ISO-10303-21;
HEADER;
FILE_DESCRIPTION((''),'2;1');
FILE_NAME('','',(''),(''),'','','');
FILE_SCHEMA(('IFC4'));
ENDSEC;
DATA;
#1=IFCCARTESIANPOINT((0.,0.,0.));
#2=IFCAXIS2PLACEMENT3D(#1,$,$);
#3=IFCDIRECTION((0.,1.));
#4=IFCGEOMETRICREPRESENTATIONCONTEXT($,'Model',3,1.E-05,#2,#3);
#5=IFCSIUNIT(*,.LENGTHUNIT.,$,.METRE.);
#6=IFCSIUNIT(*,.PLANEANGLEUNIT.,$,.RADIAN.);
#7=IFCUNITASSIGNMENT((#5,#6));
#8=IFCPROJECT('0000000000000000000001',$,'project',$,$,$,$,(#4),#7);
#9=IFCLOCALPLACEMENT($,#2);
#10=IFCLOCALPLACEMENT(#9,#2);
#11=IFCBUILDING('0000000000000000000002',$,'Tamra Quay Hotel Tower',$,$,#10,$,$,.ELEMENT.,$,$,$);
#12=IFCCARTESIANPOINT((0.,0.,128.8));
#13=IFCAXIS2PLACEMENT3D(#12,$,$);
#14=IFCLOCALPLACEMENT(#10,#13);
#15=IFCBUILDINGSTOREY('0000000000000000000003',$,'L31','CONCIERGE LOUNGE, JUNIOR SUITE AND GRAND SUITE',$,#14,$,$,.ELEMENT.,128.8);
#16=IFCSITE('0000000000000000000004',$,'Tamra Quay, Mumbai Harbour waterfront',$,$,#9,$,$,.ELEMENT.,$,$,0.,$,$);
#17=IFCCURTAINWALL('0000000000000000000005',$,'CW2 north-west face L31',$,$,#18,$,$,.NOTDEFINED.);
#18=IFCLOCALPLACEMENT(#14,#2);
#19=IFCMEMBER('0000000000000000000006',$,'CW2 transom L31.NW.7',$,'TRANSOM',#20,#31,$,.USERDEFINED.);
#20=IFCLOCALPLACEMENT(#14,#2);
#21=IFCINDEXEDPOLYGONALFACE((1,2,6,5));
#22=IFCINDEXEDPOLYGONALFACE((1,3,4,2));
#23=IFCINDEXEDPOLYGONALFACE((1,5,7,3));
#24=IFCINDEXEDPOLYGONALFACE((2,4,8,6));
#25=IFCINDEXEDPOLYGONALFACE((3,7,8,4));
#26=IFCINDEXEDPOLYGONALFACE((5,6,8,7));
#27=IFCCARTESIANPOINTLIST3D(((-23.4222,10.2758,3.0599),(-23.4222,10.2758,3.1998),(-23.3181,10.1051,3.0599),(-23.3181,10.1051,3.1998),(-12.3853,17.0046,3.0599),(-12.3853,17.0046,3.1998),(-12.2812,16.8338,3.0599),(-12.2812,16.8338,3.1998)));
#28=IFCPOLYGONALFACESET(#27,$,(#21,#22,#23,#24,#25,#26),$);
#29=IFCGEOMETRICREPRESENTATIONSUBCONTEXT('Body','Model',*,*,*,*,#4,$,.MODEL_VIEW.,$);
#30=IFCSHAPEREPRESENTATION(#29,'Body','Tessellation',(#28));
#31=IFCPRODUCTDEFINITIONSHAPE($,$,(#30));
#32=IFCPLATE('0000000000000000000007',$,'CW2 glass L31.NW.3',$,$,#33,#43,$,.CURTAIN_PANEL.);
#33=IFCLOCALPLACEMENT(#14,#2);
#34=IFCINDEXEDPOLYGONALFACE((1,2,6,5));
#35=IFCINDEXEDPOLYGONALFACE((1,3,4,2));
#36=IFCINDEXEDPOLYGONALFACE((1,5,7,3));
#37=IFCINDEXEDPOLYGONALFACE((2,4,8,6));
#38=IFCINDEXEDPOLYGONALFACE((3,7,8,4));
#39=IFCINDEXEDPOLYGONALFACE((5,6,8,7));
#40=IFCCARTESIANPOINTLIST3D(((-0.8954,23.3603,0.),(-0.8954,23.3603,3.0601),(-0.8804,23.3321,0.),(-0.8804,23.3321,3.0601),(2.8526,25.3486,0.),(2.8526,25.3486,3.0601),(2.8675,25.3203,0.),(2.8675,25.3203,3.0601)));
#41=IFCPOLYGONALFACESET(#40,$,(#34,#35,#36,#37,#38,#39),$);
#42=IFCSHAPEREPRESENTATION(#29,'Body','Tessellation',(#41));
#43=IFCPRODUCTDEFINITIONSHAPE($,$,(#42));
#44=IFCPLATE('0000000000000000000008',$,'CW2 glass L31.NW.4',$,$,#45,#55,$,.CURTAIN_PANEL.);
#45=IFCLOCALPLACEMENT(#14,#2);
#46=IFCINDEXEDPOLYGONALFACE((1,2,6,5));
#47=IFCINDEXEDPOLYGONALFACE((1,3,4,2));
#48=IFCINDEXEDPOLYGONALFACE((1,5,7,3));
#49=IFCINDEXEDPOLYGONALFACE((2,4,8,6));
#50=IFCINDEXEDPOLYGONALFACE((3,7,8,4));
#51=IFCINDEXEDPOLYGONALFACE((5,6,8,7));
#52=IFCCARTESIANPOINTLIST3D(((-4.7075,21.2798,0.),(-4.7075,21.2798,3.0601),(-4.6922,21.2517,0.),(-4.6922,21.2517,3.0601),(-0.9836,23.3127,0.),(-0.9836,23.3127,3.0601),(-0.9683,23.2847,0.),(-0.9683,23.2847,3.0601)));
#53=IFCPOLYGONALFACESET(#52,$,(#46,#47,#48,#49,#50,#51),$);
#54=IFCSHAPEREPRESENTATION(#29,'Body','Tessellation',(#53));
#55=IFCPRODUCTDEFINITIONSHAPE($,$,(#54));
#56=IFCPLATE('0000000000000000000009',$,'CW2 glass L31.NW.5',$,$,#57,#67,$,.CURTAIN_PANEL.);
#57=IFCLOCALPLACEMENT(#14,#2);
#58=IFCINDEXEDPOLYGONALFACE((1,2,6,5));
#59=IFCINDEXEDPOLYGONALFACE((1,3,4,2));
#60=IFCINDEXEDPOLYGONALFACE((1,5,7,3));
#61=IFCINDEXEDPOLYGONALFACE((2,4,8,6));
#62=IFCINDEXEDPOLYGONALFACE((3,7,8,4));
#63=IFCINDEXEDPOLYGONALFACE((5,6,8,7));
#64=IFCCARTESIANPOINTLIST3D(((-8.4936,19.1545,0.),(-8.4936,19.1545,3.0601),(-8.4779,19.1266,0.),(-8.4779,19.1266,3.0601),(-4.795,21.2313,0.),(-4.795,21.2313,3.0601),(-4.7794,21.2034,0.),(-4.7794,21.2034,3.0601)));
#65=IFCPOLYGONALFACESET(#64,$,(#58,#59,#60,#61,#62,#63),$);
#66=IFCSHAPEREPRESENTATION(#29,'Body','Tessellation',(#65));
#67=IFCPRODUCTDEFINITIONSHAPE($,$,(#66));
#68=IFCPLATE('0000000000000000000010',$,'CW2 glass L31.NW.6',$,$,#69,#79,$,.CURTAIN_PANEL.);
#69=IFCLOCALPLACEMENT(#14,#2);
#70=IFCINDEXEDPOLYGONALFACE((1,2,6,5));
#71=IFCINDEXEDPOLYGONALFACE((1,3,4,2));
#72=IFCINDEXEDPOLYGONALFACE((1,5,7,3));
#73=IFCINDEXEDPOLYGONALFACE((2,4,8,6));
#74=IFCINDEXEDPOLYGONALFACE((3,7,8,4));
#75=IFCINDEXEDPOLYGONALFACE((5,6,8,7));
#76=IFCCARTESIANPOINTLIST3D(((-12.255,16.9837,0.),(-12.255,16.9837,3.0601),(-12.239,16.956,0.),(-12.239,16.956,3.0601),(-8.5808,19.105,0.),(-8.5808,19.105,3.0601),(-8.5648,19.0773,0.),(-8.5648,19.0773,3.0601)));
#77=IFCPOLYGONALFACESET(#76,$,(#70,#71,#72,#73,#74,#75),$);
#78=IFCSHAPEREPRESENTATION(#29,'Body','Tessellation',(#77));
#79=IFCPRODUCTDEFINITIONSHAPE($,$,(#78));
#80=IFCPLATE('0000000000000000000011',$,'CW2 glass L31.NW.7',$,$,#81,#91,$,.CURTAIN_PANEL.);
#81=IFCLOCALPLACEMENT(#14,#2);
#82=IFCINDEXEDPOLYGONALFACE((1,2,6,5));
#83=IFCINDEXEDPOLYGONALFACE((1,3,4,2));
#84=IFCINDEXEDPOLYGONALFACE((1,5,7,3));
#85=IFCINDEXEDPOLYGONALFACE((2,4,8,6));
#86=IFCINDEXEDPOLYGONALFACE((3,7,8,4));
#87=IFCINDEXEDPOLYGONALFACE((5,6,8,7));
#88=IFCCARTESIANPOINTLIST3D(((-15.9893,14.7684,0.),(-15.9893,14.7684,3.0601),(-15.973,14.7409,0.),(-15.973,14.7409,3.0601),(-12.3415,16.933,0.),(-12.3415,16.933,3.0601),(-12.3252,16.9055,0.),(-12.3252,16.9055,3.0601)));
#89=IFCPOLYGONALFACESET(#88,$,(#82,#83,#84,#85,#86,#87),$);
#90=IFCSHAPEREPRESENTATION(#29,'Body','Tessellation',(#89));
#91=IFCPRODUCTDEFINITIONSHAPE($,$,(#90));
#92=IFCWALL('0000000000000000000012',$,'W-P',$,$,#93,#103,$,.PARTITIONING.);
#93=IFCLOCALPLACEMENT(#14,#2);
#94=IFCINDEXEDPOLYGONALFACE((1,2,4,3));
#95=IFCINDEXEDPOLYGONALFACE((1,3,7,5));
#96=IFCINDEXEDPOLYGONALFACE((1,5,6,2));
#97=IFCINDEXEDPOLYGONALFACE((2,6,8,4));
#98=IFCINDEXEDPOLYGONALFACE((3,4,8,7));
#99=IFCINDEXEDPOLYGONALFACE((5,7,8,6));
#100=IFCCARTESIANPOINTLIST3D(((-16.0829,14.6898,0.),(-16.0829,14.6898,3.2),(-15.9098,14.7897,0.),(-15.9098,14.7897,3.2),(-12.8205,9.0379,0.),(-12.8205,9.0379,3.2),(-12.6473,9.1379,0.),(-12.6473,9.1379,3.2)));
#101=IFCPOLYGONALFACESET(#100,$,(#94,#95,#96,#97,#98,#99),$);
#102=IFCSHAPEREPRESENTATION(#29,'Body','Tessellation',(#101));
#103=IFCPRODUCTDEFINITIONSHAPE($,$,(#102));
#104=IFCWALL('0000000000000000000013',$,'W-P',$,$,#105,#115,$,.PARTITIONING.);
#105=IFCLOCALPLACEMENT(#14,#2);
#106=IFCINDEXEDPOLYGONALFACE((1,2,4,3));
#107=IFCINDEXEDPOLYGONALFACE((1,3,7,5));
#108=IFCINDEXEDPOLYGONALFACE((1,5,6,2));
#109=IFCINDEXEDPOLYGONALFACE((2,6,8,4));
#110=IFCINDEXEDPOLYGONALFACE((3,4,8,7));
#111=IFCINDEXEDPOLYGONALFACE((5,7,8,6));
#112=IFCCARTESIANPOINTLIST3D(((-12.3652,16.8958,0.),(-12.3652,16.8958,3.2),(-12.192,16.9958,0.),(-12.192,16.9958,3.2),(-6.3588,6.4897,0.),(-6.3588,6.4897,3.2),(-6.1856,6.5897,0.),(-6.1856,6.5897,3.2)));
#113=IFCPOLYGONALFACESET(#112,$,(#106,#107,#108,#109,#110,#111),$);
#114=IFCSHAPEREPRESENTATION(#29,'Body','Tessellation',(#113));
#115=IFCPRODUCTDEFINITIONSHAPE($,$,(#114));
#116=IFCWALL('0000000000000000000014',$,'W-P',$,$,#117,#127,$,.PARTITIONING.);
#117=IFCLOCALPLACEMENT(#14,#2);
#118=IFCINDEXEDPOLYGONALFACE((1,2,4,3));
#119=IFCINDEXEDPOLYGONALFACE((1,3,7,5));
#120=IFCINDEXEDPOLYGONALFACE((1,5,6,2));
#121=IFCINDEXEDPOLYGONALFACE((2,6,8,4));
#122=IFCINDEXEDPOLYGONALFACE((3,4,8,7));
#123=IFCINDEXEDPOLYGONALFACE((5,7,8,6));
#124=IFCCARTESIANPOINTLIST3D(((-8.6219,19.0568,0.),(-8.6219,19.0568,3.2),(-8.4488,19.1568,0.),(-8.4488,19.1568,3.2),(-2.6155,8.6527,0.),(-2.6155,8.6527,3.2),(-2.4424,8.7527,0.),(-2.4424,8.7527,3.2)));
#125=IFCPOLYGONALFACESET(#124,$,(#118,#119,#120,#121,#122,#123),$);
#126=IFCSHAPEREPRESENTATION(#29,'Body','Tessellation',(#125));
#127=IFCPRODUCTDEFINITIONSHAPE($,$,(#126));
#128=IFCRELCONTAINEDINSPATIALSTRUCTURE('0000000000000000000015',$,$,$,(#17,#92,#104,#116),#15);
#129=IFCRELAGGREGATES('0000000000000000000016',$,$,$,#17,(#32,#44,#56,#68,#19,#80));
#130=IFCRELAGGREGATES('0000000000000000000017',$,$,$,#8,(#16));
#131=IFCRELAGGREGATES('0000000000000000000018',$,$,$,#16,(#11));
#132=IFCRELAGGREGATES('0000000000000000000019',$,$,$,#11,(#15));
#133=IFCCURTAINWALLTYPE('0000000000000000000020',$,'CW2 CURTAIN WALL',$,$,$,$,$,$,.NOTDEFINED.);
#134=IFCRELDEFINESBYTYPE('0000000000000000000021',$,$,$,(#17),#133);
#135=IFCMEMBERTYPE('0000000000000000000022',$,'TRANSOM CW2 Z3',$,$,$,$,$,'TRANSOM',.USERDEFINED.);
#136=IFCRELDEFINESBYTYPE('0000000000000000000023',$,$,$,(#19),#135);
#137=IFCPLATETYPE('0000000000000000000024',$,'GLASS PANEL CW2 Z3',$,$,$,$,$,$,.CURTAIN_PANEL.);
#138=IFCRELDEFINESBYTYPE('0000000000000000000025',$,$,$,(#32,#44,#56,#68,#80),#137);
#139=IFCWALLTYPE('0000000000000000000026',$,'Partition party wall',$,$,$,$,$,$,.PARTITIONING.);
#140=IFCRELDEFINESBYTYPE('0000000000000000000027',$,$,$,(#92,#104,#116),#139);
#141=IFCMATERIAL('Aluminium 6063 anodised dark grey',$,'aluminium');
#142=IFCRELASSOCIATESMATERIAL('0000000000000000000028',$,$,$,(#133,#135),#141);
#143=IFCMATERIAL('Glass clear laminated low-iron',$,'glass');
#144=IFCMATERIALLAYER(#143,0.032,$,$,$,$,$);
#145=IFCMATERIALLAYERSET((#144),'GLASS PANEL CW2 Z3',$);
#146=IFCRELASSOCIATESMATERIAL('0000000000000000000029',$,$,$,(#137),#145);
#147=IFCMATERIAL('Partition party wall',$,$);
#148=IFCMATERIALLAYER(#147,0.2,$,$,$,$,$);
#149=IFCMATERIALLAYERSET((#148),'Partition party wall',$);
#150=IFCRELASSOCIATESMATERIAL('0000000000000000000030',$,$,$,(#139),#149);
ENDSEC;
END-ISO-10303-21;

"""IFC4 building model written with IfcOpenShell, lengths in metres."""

from ifc_helpers import new_model, si_unit, direction, frame, frame_2d, origin, origin_2d, place, context, subcontext, project, spatial, rectangle, extrude, material, layer, layer_set, material_profile, profile_set, type_object, element, aggregate, save


model = new_model("IFC4")

# Units and contexts
model_context = context("Model", 3, precision=1e-05, world=origin(), true_north=direction((0.0, 1.0)))
body_context = subcontext(model_context, "Body", "Model", "MODEL_VIEW")
ifc_project = project(units=[si_unit("LENGTHUNIT", "METRE"), si_unit("PLANEANGLEUNIT", "RADIAN")], contexts=[model_context])

# Site, building, storey
site_placement = place(None, origin())
site = spatial("IfcSite", under=ifc_project, at=site_placement, Name="Tamra Quay, Mumbai Harbour waterfront", CompositionType="ELEMENT", RefElevation=0.0)
building_placement = place(site_placement, origin())
building = spatial("IfcBuilding", under=site, at=building_placement, Name="Tamra Quay Hotel Tower", CompositionType="ELEMENT")
storey_placement = place(building_placement, frame((0.0, 0.0, 128.8)))
storey = spatial("IfcBuildingStorey", under=building, at=storey_placement, Name="L31", Description="CONCIERGE LOUNGE, JUNIOR SUITE AND GRAND SUITE", CompositionType="ELEMENT", Elevation=128.8)

# Curtain wall
ifc_material_1 = material(Name="Aluminium 6063 anodised dark grey", Category="aluminium")
curtain_wall_type = type_object("IfcCurtainWallType", Name="CW2 CURTAIN WALL", PredefinedType="NOTDEFINED", material=ifc_material_1)
curtain_wall_placement = place(storey_placement, origin())
curtain_wall = element("IfcCurtainWall", 1, at=curtain_wall_placement, inside=storey, type_object=curtain_wall_type, Name="CW2 north-west face L31", PredefinedType="NOTDEFINED")

# Member
ifc_material_profile_1 = material_profile(ifc_material_1, rectangle(XDim=0.2, YDim=0.1399, at=origin_2d()), Name="TRANSOM 200X140")
ifc_profile_set_1 = profile_set([ifc_material_profile_1], Name="Aluminium 6063 anodised dark grey")
member_type_1 = type_object("IfcMemberType", Name="TRANSOM CW2 Z3", ElementType="TRANSOM", PredefinedType="USERDEFINED", material=ifc_profile_set_1)
member_1_placement = place(storey_placement, frame((-12.3333, 16.9192, 3.1299), z_axis=(-0.853832, -0.520549, 0.0), x_axis=(0.520549, -0.853832, 0.0)))
member_1 = element("IfcMember", 2, at=member_1_placement, type_object=member_type_1, Name="CW2 transom L31.NW.7", ObjectType="TRANSOM", PredefinedType="USERDEFINED", context=body_context, shape_type="SweptSolid", body=[
    extrude(rectangle(XDim=0.2, YDim=0.1399, at=origin_2d()), origin(), (0.0, 0.0, 1.0), 12.9263),
])

# Plates
ifc_material_2 = material(Name="Glass clear laminated low-iron", Category="glass")
ifc_layer_1 = layer(ifc_material_2, 0.032)
ifc_layer_set_1 = layer_set([ifc_layer_1], Name="GLASS PANEL CW2 Z3")
plate_type = type_object("IfcPlateType", Name="GLASS PANEL CW2 Z3", PredefinedType="CURTAIN_PANEL", material=ifc_layer_set_1)
plate_1_placement = place(storey_placement, frame((0.9861, 24.3403, 0.0), z_axis=(0.0, 0.0, 1.0), x_axis=(-0.883391, -0.468636, 0.0)))
plate_1 = element("IfcPlate", 3, at=plate_1_placement, type_object=plate_type, Name="CW2 glass L31.NW.3", PredefinedType="CURTAIN_PANEL", context=body_context, shape_type="SweptSolid", body=[
    extrude(rectangle(XDim=4.2427, YDim=0.032, at=origin_2d()), origin(), (0.0, 0.0, 1.0), 3.0601),
])
plate_2_placement = place(storey_placement, frame((-2.8379, 22.2822, 0.0), z_axis=(0.0, 0.0, 1.0), x_axis=(-0.877726, -0.479163, 0.0)))
plate_2 = element("IfcPlate", 4, at=plate_2_placement, type_object=plate_type, Name="CW2 glass L31.NW.4", PredefinedType="CURTAIN_PANEL", context=body_context, shape_type="SweptSolid", body=[
    extrude(rectangle(XDim=4.2427, YDim=0.032, at=origin_2d()), origin(), (0.0, 0.0, 1.0), 3.0601),
])
plate_3_placement = place(storey_placement, frame((-6.6365, 20.179, 0.0), z_axis=(0.0, 0.0, 1.0), x_axis=(-0.871942, -0.489609, 0.0)))
plate_3 = element("IfcPlate", 5, at=plate_3_placement, type_object=plate_type, Name="CW2 glass L31.NW.5", PredefinedType="CURTAIN_PANEL", context=body_context, shape_type="SweptSolid", body=[
    extrude(rectangle(XDim=4.2417, YDim=0.032, at=origin_2d()), origin(), (0.0, 0.0, 1.0), 3.0601),
])
plate_4_placement = place(storey_placement, frame((-10.4099, 18.0305, 0.0), z_axis=(0.0, 0.0, 1.0), x_axis=(-0.866025, -0.5, 0.0)))
plate_4 = element("IfcPlate", 6, at=plate_4_placement, type_object=plate_type, Name="CW2 glass L31.NW.6", PredefinedType="CURTAIN_PANEL", context=body_context, shape_type="SweptSolid", body=[
    extrude(rectangle(XDim=4.2427, YDim=0.032, at=origin_2d()), origin(), (0.0, 0.0, 1.0), 3.0601),
])
plate_5_placement = place(storey_placement, frame((-14.1572, 15.8369, 0.0), z_axis=(0.0, 0.0, 1.0), x_axis=(-0.859985, -0.510319, 0.0)))
plate_5 = element("IfcPlate", 7, at=plate_5_placement, type_object=plate_type, Name="CW2 glass L31.NW.7", PredefinedType="CURTAIN_PANEL", context=body_context, shape_type="SweptSolid", body=[
    extrude(rectangle(XDim=4.2417, YDim=0.032, at=origin_2d()), origin(), (0.0, 0.0, 1.0), 3.0601),
])
aggregate(curtain_wall, [plate_1, plate_2, plate_3, plate_4, member_1, plate_5])

# Walls
ifc_material_3 = material(Name="Partition party wall")
ifc_layer_2 = layer(ifc_material_3, 0.2)
ifc_layer_set_2 = layer_set([ifc_layer_2], Name="Partition party wall")
wall_type = type_object("IfcWallType", Name="Partition party wall", PredefinedType="PARTITIONING", material=ifc_layer_set_2)
wall_1_placement = place(storey_placement, frame((-15.9963, 14.7397, 0.0), z_axis=(0.0, 0.0, 1.0), x_axis=(0.499925, -0.866068, 0.0)))
element("IfcWall", 8, at=wall_1_placement, inside=storey, type_object=wall_type, Name="W-P", PredefinedType="PARTITIONING", context=body_context, shape_type="SweptSolid", body=[
    extrude(rectangle(XDim=6.5259, YDim=0.2, at=frame_2d((3.2629, 0.0))), origin(), (0.0, 0.0, 1.0), 3.2),
])
wall_2_placement = place(storey_placement, frame((-12.2786, 16.9458, 0.0), z_axis=(0.0, 0.0, 1.0), x_axis=(0.499902, -0.866082, 0.0)))
element("IfcWall", 9, at=wall_2_placement, inside=storey, type_object=wall_type, Name="W-P", PredefinedType="PARTITIONING", context=body_context, shape_type="SweptSolid", body=[
    extrude(rectangle(XDim=12.0151, YDim=0.2, at=frame_2d((6.0076, 0.0))), origin(), (0.0, 0.0, 1.0), 3.2),
])
wall_3_placement = place(storey_placement, frame((-8.5354, 19.1069, 0.0), z_axis=(0.0, 0.0, 1.0), x_axis=(0.499973, -0.866041, 0.0)))
element("IfcWall", 10, at=wall_3_placement, inside=storey, type_object=wall_type, Name="W-P", PredefinedType="PARTITIONING", context=body_context, shape_type="SweptSolid", body=[
    extrude(rectangle(XDim=12.0134, YDim=0.2, at=frame_2d((6.0068, 0.0))), origin(), (0.0, 0.0, 1.0), 3.2),
])

save(model, "model.ifc")
